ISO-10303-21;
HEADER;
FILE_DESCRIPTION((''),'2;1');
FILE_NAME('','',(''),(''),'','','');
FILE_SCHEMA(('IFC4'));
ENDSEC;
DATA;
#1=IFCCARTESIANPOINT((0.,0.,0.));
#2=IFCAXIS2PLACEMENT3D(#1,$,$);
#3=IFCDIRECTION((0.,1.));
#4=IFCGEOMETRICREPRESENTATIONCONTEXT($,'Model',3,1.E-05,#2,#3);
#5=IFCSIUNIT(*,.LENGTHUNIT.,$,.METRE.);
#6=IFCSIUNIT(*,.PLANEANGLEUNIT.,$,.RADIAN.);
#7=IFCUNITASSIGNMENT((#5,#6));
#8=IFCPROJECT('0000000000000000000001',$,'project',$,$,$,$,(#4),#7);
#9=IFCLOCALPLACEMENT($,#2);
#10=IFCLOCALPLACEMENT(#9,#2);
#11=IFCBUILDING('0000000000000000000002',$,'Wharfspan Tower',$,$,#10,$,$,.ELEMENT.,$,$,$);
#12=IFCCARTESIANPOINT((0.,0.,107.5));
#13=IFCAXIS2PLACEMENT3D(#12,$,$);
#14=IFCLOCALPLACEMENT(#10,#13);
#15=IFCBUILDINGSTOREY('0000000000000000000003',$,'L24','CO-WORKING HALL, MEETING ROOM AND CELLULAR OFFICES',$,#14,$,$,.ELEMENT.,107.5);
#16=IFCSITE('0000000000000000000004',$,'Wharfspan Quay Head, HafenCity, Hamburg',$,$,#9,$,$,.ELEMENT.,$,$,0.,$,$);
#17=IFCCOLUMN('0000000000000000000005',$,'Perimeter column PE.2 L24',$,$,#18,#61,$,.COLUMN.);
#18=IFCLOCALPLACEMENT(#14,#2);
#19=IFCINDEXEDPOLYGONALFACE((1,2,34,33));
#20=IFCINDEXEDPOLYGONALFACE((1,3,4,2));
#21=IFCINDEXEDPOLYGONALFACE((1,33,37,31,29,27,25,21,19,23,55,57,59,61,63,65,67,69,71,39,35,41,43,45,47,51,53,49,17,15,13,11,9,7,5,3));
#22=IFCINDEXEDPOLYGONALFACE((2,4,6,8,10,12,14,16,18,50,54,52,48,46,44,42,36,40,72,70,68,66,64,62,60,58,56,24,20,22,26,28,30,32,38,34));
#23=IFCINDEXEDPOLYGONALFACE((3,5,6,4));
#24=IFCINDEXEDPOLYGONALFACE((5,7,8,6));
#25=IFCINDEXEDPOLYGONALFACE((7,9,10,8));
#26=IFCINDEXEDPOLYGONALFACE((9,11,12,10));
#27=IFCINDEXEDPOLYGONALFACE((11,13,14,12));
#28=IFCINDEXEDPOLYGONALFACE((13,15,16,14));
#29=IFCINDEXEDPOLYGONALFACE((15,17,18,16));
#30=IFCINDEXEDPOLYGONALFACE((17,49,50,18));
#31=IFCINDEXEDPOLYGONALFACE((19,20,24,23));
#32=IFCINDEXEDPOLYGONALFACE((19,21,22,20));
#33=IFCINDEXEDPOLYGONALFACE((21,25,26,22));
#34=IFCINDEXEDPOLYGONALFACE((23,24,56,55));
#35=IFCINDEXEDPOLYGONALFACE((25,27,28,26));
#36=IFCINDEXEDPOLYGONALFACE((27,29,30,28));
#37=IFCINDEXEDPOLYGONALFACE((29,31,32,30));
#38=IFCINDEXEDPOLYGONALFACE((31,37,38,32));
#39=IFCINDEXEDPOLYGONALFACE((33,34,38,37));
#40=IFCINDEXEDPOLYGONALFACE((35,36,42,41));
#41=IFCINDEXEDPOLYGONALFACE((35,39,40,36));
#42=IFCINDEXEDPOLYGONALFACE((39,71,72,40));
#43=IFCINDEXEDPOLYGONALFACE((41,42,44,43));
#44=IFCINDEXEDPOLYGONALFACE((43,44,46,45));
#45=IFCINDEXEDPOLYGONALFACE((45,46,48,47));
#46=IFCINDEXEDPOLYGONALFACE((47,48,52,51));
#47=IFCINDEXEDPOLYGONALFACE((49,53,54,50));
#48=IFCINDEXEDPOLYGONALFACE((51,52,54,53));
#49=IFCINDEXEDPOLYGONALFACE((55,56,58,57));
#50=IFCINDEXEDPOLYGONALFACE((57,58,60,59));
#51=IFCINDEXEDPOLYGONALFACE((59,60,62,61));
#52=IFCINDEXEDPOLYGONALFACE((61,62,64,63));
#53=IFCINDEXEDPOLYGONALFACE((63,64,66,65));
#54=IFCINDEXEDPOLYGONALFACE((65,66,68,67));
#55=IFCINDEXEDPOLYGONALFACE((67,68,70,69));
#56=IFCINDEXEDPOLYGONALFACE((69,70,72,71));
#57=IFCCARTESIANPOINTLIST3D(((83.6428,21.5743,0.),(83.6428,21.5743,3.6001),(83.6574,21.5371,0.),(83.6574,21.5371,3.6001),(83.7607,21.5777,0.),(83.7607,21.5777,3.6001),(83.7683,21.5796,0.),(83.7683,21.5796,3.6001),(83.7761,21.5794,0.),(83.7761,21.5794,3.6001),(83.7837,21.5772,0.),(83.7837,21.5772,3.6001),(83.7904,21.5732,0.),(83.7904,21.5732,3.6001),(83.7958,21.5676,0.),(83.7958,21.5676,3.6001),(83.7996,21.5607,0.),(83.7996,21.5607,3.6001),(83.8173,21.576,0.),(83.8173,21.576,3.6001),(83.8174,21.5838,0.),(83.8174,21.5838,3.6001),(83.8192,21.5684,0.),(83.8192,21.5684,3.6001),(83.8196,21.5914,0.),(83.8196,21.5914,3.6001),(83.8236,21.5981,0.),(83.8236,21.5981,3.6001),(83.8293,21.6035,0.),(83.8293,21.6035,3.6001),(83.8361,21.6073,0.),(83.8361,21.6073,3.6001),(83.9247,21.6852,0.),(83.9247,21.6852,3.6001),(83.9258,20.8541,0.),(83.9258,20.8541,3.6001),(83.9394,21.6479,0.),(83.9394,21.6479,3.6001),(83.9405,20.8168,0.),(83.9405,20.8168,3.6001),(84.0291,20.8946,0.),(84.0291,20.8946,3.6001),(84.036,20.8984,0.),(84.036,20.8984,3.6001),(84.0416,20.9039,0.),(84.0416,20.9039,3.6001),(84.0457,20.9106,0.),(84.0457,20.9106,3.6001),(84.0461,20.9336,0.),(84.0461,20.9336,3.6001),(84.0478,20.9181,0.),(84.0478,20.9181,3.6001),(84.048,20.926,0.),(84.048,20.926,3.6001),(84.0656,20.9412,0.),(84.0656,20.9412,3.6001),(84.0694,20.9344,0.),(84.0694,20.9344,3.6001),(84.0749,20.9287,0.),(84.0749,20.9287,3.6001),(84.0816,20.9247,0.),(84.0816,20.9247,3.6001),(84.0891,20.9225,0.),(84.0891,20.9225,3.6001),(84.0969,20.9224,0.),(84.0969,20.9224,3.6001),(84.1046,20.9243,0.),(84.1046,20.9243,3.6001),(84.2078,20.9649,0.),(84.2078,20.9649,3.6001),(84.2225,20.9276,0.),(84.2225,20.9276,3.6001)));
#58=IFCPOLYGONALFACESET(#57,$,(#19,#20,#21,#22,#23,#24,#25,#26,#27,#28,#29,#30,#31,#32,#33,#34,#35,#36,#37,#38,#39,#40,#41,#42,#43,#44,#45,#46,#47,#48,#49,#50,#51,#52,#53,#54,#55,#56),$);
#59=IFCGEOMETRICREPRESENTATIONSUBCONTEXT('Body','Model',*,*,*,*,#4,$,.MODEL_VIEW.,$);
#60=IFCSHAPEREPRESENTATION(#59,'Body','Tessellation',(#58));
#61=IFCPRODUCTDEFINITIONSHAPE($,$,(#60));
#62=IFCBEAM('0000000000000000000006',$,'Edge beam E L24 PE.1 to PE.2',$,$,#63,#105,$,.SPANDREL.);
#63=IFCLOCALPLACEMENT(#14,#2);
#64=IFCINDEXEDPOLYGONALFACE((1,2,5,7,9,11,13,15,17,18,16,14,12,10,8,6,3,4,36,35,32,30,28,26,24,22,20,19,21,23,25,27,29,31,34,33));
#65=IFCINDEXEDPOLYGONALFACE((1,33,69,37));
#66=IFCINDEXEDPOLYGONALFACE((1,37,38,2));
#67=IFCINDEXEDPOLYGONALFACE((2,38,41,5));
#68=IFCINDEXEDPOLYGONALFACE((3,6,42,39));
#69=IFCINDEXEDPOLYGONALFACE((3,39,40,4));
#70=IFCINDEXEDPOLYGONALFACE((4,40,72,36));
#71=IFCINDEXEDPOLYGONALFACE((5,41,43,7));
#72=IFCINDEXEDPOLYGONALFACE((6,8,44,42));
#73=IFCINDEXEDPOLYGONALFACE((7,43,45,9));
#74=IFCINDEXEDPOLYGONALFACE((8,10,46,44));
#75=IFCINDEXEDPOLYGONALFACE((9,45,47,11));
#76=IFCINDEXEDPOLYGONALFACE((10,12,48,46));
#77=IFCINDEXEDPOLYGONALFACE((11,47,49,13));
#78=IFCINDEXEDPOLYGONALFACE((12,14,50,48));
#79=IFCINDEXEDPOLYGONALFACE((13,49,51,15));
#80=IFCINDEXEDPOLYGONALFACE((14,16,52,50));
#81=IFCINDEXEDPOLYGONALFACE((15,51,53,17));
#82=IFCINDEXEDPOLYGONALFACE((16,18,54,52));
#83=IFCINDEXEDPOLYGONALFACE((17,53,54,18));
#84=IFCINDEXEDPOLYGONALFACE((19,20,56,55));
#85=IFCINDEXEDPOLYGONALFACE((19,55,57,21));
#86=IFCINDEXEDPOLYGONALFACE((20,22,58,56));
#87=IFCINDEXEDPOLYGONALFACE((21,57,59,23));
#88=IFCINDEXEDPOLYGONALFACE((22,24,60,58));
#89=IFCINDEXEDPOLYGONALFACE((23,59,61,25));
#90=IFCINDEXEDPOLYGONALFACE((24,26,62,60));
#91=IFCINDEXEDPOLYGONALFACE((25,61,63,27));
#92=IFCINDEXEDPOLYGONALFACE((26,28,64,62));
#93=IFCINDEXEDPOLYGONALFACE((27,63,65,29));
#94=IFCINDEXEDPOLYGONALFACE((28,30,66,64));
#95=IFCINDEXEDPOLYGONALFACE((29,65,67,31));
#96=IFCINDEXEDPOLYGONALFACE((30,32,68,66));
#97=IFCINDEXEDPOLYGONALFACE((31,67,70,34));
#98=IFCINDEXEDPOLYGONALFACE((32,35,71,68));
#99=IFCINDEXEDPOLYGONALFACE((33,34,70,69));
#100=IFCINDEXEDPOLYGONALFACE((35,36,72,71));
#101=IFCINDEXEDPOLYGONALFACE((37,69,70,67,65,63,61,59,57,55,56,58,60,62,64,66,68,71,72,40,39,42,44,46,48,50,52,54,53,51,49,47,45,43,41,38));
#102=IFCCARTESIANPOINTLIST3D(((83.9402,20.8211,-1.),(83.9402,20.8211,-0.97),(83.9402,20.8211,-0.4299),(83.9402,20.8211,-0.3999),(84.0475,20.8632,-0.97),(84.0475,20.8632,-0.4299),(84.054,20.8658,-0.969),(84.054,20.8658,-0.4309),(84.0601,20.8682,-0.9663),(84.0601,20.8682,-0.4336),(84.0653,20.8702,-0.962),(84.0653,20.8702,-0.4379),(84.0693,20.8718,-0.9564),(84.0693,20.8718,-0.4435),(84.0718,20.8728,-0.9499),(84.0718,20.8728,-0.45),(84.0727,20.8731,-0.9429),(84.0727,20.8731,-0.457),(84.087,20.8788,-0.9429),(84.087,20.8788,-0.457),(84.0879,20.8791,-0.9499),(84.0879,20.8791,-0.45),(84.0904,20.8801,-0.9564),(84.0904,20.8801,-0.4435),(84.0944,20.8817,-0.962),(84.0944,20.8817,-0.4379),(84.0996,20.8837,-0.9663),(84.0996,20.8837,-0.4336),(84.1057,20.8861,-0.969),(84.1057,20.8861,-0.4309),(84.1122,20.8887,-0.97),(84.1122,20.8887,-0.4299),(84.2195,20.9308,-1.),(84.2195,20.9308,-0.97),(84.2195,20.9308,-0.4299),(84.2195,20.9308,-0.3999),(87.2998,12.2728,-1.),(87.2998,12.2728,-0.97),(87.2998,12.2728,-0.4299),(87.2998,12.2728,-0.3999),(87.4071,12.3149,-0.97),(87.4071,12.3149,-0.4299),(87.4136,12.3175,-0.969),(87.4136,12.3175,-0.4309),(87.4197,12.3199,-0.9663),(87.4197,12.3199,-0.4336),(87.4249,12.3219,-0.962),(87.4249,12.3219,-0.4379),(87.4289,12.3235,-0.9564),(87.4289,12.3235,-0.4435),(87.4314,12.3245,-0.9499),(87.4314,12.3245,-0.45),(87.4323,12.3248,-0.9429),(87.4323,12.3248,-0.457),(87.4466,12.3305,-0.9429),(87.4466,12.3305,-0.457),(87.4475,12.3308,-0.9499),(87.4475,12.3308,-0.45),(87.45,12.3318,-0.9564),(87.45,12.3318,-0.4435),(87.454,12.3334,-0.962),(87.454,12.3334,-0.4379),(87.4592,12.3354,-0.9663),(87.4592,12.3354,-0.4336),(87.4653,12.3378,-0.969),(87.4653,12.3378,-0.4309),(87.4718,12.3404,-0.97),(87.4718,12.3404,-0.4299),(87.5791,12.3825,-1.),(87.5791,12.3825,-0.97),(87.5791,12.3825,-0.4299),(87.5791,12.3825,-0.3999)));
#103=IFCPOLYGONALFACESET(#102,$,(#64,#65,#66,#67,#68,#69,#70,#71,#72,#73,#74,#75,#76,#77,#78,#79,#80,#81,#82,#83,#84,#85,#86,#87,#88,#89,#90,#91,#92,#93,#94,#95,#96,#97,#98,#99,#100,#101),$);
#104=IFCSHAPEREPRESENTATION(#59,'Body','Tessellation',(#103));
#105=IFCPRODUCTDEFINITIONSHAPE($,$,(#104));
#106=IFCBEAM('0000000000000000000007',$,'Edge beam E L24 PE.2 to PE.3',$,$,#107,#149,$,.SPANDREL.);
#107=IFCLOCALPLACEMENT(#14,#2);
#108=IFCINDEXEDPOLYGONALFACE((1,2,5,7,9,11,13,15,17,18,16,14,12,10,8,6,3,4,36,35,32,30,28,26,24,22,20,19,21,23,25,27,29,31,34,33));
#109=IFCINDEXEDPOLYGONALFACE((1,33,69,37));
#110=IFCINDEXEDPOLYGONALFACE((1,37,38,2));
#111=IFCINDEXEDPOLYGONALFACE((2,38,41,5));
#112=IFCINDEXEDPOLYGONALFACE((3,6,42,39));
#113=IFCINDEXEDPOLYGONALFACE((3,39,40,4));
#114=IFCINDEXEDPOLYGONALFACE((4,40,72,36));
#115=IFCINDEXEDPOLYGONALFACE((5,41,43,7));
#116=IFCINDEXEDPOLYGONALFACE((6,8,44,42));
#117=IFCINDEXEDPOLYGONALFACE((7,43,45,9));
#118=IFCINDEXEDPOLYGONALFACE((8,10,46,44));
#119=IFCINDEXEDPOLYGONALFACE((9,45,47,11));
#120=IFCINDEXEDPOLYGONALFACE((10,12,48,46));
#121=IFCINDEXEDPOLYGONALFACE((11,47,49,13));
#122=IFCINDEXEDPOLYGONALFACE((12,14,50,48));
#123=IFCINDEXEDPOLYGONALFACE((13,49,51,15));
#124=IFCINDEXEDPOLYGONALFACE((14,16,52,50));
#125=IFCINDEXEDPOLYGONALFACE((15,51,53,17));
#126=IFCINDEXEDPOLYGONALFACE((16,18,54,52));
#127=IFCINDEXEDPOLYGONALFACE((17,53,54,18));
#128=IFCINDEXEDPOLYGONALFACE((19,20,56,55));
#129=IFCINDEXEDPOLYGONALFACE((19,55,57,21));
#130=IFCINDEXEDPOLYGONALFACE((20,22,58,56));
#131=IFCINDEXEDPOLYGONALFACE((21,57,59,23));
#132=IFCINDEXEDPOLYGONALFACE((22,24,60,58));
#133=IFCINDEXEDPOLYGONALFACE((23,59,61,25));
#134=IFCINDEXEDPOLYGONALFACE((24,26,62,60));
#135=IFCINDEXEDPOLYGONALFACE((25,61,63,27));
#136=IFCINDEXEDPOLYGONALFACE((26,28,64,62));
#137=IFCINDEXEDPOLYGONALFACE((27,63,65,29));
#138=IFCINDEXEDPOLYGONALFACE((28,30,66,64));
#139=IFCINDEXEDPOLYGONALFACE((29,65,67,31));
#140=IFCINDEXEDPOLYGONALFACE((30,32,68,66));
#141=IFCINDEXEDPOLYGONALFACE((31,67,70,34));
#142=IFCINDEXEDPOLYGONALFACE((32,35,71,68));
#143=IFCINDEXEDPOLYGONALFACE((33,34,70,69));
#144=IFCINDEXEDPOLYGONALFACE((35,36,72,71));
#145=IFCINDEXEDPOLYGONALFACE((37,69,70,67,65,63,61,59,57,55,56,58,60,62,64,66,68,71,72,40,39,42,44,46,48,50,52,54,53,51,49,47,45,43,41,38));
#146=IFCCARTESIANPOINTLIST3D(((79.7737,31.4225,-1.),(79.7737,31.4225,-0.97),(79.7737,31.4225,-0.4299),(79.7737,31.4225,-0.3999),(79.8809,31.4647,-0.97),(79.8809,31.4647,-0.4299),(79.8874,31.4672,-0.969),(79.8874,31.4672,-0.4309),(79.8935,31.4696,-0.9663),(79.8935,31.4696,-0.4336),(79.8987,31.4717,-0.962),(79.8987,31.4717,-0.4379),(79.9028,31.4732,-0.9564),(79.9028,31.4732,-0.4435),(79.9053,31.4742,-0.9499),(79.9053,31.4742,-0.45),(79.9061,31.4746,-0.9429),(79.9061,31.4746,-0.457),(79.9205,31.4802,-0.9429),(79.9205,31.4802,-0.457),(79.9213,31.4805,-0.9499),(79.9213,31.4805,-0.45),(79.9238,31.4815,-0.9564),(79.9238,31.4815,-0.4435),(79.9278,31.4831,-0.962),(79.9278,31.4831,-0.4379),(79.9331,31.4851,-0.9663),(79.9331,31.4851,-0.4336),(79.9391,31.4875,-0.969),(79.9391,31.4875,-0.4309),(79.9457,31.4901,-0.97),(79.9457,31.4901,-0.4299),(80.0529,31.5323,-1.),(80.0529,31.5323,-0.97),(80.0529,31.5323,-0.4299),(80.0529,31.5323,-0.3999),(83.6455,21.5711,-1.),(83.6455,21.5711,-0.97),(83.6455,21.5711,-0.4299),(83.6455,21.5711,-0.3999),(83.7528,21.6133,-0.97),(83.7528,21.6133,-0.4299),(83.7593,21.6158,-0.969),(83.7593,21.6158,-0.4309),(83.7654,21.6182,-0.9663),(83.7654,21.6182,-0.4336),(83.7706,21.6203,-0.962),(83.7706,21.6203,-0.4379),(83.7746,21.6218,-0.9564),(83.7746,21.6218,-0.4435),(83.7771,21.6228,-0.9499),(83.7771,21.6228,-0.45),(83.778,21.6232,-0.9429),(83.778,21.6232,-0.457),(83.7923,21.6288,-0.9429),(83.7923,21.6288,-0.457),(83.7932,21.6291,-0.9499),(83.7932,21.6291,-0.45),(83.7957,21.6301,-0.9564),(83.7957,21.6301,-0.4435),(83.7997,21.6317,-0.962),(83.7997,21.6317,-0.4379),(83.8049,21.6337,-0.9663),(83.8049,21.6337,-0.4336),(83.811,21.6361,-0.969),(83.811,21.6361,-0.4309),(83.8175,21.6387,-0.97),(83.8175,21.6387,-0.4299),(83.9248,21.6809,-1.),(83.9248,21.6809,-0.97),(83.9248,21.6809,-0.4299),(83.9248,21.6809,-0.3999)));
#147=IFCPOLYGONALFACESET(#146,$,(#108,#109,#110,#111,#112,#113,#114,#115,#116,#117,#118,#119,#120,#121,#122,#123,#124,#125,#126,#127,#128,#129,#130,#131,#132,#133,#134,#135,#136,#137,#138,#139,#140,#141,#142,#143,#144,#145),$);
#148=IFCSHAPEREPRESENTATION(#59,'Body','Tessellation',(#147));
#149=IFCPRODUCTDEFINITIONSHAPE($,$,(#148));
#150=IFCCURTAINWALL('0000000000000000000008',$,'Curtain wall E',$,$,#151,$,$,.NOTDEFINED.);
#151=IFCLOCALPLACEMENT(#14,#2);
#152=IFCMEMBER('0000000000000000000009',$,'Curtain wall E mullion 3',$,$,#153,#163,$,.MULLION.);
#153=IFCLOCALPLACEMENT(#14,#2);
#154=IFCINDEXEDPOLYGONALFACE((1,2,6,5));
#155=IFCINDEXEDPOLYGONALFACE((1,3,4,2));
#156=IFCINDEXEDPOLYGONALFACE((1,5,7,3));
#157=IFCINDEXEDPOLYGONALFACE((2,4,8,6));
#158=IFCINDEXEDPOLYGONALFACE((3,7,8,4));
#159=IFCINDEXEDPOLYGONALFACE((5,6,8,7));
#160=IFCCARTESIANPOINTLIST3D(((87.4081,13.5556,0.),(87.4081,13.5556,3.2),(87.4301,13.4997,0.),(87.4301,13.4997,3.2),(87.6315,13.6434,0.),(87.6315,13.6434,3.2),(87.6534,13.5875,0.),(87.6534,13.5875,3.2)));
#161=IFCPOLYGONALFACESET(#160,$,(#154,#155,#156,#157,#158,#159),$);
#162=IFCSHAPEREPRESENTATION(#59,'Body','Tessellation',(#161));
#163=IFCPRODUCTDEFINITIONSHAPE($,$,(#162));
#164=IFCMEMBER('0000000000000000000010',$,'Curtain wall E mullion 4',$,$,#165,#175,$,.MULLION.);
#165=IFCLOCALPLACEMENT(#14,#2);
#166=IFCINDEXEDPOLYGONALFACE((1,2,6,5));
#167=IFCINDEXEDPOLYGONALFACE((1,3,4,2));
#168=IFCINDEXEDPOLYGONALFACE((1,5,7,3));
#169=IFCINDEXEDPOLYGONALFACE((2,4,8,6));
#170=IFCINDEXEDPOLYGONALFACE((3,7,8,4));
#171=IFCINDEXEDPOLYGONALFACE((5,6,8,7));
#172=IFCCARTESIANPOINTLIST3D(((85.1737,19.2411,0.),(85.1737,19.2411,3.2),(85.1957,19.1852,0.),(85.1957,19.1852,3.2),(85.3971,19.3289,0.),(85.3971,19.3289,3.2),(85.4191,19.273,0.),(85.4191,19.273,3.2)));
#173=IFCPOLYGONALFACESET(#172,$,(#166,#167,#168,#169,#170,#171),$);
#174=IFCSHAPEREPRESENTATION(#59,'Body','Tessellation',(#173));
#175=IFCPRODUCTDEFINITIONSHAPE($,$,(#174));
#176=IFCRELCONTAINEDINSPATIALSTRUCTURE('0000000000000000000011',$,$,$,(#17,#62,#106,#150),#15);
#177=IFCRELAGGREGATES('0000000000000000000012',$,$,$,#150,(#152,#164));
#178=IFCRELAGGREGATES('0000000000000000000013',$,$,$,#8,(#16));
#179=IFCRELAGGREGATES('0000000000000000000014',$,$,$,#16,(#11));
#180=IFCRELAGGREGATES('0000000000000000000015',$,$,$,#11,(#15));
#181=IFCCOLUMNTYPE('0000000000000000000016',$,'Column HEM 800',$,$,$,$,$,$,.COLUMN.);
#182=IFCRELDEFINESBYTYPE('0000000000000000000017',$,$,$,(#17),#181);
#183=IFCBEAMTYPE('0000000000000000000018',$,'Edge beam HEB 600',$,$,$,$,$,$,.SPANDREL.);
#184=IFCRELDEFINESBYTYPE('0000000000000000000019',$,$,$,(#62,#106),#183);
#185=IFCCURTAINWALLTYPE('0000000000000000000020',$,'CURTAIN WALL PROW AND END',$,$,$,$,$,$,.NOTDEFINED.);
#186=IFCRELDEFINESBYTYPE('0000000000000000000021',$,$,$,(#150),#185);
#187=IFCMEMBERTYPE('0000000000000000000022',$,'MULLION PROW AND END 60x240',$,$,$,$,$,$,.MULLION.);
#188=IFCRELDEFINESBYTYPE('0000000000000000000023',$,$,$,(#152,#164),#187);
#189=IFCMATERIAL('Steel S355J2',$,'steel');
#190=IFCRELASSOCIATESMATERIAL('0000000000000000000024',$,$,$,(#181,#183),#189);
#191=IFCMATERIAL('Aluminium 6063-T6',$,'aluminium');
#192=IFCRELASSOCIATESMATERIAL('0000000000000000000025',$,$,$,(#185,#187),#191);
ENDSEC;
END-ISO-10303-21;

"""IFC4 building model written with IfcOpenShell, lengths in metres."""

from ifc_helpers import new_model, si_unit, direction, frame, origin, origin_2d, place, context, subcontext, project, spatial, rectangle, i_section, extrude, material, material_profile, profile_set, type_object, element, aggregate, save


model = new_model("IFC4")

# Units and contexts
model_context = context("Model", 3, precision=1e-05, world=origin(), true_north=direction((0.0, 1.0)))
body_context = subcontext(model_context, "Body", "Model", "MODEL_VIEW")
ifc_project = project(units=[si_unit("LENGTHUNIT", "METRE"), si_unit("PLANEANGLEUNIT", "RADIAN")], contexts=[model_context])

# Site, building, storey
site_placement = place(None, origin())
site = spatial("IfcSite", under=ifc_project, at=site_placement, Name="Wharfspan Quay Head, HafenCity, Hamburg", CompositionType="ELEMENT", RefElevation=0.0)
building_placement = place(site_placement, origin())
building = spatial("IfcBuilding", under=site, at=building_placement, Name="Wharfspan Tower", CompositionType="ELEMENT")
storey_placement = place(building_placement, frame((0.0, 0.0, 107.5)))
storey = spatial("IfcBuildingStorey", under=building, at=storey_placement, Name="L24", Description="CO-WORKING HALL, MEETING ROOM AND CELLULAR OFFICES", CompositionType="ELEMENT", Elevation=107.5)

# Column
ifc_material_1 = material(Name="Steel S355J2", Category="steel")
ifc_material_profile_1 = material_profile(ifc_material_1, i_section(OverallWidth=0.303, OverallDepth=0.814, WebThickness=0.021, FlangeThickness=0.04, FilletRadius=0.03, at=origin_2d()))
ifc_profile_set_1 = profile_set([ifc_material_profile_1], Name="Steel S355J2")
column_type = type_object("IfcColumnType", Name="Column HEM 800", PredefinedType="COLUMN", material=ifc_profile_set_1)
column_placement = place(storey_placement, frame((83.9326, 21.251, 0.0), z_axis=(0.0, 0.0, 1.0), x_axis=(0.930702, 0.365778, 0.0)))
element("IfcColumn", 1, at=column_placement, inside=storey, type_object=column_type, Name="Perimeter column PE.2 L24", PredefinedType="COLUMN", context=body_context, shape_type="SweptSolid", body=[
    extrude(i_section(OverallWidth=0.303, OverallDepth=0.814, WebThickness=0.021, FlangeThickness=0.04, FilletRadius=0.03, at=origin_2d()), origin(), (0.0, 0.0, 1.0), 3.6001),
])

# Beams
ifc_material_profile_2 = material_profile(ifc_material_1, i_section(OverallWidth=0.3, OverallDepth=0.6001, WebThickness=0.0154, FlangeThickness=0.03, FilletRadius=0.0271, at=origin_2d()))
ifc_profile_set_2 = profile_set([ifc_material_profile_2], Name="Steel S355J2")
beam_type = type_object("IfcBeamType", Name="Edge beam HEB 600", PredefinedType="SPANDREL", material=ifc_profile_set_2)
beam_1_placement = place(storey_placement, frame((87.4395, 12.3276, -0.7), z_axis=(-0.365779, 0.930702, 0.0), x_axis=(-0.930702, -0.365779, 0.0)))
element("IfcBeam", 2, at=beam_1_placement, inside=storey, type_object=beam_type, Name="Edge beam E L24 PE.1 to PE.2", PredefinedType="SPANDREL", context=body_context, shape_type="SweptSolid", body=[
    extrude(i_section(OverallWidth=0.3, OverallDepth=0.6001, WebThickness=0.0154, FlangeThickness=0.03, FilletRadius=0.0271, at=origin_2d()), origin(), (0.0, 0.0, 1.0), 9.1848),
])
beam_2_placement = place(storey_placement, frame((83.7852, 21.626, -0.7), z_axis=(-0.365789, 0.930698, 0.0), x_axis=(-0.930698, -0.365789, 0.0)))
element("IfcBeam", 3, at=beam_2_placement, inside=storey, type_object=beam_type, Name="Edge beam E L24 PE.2 to PE.3", PredefinedType="SPANDREL", context=body_context, shape_type="SweptSolid", body=[
    extrude(i_section(OverallWidth=0.3, OverallDepth=0.6001, WebThickness=0.0154, FlangeThickness=0.03, FilletRadius=0.0271, at=origin_2d()), origin(), (0.0, 0.0, 1.0), 10.585),
])

# Curtain wall, members
ifc_material_2 = material(Name="Aluminium 6063-T6", Category="aluminium")
curtain_wall_type = type_object("IfcCurtainWallType", Name="CURTAIN WALL PROW AND END", PredefinedType="NOTDEFINED", material=ifc_material_2)
curtain_wall_placement = place(storey_placement, origin())
curtain_wall = element("IfcCurtainWall", 4, at=curtain_wall_placement, inside=storey, type_object=curtain_wall_type, Name="Curtain wall E", PredefinedType="NOTDEFINED")
ifc_material_profile_3 = material_profile(ifc_material_2, rectangle(XDim=0.24, YDim=0.0601, at=origin_2d()))
ifc_profile_set_3 = profile_set([ifc_material_profile_3], Name="Aluminium 6063-T6")
member_type_1 = type_object("IfcMemberType", Name="MULLION PROW AND END 60x240", PredefinedType="MULLION", material=ifc_profile_set_3)
member_1_placement = place(storey_placement, frame((87.5308, 13.5715, 0.0), z_axis=(0.0, 0.0, 1.0), x_axis=(-0.930702, -0.365778, 0.0)))
member_1 = element("IfcMember", 5, at=member_1_placement, type_object=member_type_1, Name="Curtain wall E mullion 3", PredefinedType="MULLION", context=body_context, shape_type="SweptSolid", body=[
    extrude(rectangle(XDim=0.24, YDim=0.0601, at=origin_2d()), origin(), (0.0, 0.0, 1.0), 3.2),
])
member_2_placement = place(storey_placement, frame((85.2964, 19.2571, 0.0), z_axis=(0.0, 0.0, 1.0), x_axis=(-0.930702, -0.365778, 0.0)))
member_2 = element("IfcMember", 6, at=member_2_placement, type_object=member_type_1, Name="Curtain wall E mullion 4", PredefinedType="MULLION", context=body_context, shape_type="SweptSolid", body=[
    extrude(rectangle(XDim=0.24, YDim=0.0601, at=origin_2d()), origin(), (0.0, 0.0, 1.0), 3.2),
])

aggregate(curtain_wall, [member_1, member_2])

save(model, "model.ifc")
